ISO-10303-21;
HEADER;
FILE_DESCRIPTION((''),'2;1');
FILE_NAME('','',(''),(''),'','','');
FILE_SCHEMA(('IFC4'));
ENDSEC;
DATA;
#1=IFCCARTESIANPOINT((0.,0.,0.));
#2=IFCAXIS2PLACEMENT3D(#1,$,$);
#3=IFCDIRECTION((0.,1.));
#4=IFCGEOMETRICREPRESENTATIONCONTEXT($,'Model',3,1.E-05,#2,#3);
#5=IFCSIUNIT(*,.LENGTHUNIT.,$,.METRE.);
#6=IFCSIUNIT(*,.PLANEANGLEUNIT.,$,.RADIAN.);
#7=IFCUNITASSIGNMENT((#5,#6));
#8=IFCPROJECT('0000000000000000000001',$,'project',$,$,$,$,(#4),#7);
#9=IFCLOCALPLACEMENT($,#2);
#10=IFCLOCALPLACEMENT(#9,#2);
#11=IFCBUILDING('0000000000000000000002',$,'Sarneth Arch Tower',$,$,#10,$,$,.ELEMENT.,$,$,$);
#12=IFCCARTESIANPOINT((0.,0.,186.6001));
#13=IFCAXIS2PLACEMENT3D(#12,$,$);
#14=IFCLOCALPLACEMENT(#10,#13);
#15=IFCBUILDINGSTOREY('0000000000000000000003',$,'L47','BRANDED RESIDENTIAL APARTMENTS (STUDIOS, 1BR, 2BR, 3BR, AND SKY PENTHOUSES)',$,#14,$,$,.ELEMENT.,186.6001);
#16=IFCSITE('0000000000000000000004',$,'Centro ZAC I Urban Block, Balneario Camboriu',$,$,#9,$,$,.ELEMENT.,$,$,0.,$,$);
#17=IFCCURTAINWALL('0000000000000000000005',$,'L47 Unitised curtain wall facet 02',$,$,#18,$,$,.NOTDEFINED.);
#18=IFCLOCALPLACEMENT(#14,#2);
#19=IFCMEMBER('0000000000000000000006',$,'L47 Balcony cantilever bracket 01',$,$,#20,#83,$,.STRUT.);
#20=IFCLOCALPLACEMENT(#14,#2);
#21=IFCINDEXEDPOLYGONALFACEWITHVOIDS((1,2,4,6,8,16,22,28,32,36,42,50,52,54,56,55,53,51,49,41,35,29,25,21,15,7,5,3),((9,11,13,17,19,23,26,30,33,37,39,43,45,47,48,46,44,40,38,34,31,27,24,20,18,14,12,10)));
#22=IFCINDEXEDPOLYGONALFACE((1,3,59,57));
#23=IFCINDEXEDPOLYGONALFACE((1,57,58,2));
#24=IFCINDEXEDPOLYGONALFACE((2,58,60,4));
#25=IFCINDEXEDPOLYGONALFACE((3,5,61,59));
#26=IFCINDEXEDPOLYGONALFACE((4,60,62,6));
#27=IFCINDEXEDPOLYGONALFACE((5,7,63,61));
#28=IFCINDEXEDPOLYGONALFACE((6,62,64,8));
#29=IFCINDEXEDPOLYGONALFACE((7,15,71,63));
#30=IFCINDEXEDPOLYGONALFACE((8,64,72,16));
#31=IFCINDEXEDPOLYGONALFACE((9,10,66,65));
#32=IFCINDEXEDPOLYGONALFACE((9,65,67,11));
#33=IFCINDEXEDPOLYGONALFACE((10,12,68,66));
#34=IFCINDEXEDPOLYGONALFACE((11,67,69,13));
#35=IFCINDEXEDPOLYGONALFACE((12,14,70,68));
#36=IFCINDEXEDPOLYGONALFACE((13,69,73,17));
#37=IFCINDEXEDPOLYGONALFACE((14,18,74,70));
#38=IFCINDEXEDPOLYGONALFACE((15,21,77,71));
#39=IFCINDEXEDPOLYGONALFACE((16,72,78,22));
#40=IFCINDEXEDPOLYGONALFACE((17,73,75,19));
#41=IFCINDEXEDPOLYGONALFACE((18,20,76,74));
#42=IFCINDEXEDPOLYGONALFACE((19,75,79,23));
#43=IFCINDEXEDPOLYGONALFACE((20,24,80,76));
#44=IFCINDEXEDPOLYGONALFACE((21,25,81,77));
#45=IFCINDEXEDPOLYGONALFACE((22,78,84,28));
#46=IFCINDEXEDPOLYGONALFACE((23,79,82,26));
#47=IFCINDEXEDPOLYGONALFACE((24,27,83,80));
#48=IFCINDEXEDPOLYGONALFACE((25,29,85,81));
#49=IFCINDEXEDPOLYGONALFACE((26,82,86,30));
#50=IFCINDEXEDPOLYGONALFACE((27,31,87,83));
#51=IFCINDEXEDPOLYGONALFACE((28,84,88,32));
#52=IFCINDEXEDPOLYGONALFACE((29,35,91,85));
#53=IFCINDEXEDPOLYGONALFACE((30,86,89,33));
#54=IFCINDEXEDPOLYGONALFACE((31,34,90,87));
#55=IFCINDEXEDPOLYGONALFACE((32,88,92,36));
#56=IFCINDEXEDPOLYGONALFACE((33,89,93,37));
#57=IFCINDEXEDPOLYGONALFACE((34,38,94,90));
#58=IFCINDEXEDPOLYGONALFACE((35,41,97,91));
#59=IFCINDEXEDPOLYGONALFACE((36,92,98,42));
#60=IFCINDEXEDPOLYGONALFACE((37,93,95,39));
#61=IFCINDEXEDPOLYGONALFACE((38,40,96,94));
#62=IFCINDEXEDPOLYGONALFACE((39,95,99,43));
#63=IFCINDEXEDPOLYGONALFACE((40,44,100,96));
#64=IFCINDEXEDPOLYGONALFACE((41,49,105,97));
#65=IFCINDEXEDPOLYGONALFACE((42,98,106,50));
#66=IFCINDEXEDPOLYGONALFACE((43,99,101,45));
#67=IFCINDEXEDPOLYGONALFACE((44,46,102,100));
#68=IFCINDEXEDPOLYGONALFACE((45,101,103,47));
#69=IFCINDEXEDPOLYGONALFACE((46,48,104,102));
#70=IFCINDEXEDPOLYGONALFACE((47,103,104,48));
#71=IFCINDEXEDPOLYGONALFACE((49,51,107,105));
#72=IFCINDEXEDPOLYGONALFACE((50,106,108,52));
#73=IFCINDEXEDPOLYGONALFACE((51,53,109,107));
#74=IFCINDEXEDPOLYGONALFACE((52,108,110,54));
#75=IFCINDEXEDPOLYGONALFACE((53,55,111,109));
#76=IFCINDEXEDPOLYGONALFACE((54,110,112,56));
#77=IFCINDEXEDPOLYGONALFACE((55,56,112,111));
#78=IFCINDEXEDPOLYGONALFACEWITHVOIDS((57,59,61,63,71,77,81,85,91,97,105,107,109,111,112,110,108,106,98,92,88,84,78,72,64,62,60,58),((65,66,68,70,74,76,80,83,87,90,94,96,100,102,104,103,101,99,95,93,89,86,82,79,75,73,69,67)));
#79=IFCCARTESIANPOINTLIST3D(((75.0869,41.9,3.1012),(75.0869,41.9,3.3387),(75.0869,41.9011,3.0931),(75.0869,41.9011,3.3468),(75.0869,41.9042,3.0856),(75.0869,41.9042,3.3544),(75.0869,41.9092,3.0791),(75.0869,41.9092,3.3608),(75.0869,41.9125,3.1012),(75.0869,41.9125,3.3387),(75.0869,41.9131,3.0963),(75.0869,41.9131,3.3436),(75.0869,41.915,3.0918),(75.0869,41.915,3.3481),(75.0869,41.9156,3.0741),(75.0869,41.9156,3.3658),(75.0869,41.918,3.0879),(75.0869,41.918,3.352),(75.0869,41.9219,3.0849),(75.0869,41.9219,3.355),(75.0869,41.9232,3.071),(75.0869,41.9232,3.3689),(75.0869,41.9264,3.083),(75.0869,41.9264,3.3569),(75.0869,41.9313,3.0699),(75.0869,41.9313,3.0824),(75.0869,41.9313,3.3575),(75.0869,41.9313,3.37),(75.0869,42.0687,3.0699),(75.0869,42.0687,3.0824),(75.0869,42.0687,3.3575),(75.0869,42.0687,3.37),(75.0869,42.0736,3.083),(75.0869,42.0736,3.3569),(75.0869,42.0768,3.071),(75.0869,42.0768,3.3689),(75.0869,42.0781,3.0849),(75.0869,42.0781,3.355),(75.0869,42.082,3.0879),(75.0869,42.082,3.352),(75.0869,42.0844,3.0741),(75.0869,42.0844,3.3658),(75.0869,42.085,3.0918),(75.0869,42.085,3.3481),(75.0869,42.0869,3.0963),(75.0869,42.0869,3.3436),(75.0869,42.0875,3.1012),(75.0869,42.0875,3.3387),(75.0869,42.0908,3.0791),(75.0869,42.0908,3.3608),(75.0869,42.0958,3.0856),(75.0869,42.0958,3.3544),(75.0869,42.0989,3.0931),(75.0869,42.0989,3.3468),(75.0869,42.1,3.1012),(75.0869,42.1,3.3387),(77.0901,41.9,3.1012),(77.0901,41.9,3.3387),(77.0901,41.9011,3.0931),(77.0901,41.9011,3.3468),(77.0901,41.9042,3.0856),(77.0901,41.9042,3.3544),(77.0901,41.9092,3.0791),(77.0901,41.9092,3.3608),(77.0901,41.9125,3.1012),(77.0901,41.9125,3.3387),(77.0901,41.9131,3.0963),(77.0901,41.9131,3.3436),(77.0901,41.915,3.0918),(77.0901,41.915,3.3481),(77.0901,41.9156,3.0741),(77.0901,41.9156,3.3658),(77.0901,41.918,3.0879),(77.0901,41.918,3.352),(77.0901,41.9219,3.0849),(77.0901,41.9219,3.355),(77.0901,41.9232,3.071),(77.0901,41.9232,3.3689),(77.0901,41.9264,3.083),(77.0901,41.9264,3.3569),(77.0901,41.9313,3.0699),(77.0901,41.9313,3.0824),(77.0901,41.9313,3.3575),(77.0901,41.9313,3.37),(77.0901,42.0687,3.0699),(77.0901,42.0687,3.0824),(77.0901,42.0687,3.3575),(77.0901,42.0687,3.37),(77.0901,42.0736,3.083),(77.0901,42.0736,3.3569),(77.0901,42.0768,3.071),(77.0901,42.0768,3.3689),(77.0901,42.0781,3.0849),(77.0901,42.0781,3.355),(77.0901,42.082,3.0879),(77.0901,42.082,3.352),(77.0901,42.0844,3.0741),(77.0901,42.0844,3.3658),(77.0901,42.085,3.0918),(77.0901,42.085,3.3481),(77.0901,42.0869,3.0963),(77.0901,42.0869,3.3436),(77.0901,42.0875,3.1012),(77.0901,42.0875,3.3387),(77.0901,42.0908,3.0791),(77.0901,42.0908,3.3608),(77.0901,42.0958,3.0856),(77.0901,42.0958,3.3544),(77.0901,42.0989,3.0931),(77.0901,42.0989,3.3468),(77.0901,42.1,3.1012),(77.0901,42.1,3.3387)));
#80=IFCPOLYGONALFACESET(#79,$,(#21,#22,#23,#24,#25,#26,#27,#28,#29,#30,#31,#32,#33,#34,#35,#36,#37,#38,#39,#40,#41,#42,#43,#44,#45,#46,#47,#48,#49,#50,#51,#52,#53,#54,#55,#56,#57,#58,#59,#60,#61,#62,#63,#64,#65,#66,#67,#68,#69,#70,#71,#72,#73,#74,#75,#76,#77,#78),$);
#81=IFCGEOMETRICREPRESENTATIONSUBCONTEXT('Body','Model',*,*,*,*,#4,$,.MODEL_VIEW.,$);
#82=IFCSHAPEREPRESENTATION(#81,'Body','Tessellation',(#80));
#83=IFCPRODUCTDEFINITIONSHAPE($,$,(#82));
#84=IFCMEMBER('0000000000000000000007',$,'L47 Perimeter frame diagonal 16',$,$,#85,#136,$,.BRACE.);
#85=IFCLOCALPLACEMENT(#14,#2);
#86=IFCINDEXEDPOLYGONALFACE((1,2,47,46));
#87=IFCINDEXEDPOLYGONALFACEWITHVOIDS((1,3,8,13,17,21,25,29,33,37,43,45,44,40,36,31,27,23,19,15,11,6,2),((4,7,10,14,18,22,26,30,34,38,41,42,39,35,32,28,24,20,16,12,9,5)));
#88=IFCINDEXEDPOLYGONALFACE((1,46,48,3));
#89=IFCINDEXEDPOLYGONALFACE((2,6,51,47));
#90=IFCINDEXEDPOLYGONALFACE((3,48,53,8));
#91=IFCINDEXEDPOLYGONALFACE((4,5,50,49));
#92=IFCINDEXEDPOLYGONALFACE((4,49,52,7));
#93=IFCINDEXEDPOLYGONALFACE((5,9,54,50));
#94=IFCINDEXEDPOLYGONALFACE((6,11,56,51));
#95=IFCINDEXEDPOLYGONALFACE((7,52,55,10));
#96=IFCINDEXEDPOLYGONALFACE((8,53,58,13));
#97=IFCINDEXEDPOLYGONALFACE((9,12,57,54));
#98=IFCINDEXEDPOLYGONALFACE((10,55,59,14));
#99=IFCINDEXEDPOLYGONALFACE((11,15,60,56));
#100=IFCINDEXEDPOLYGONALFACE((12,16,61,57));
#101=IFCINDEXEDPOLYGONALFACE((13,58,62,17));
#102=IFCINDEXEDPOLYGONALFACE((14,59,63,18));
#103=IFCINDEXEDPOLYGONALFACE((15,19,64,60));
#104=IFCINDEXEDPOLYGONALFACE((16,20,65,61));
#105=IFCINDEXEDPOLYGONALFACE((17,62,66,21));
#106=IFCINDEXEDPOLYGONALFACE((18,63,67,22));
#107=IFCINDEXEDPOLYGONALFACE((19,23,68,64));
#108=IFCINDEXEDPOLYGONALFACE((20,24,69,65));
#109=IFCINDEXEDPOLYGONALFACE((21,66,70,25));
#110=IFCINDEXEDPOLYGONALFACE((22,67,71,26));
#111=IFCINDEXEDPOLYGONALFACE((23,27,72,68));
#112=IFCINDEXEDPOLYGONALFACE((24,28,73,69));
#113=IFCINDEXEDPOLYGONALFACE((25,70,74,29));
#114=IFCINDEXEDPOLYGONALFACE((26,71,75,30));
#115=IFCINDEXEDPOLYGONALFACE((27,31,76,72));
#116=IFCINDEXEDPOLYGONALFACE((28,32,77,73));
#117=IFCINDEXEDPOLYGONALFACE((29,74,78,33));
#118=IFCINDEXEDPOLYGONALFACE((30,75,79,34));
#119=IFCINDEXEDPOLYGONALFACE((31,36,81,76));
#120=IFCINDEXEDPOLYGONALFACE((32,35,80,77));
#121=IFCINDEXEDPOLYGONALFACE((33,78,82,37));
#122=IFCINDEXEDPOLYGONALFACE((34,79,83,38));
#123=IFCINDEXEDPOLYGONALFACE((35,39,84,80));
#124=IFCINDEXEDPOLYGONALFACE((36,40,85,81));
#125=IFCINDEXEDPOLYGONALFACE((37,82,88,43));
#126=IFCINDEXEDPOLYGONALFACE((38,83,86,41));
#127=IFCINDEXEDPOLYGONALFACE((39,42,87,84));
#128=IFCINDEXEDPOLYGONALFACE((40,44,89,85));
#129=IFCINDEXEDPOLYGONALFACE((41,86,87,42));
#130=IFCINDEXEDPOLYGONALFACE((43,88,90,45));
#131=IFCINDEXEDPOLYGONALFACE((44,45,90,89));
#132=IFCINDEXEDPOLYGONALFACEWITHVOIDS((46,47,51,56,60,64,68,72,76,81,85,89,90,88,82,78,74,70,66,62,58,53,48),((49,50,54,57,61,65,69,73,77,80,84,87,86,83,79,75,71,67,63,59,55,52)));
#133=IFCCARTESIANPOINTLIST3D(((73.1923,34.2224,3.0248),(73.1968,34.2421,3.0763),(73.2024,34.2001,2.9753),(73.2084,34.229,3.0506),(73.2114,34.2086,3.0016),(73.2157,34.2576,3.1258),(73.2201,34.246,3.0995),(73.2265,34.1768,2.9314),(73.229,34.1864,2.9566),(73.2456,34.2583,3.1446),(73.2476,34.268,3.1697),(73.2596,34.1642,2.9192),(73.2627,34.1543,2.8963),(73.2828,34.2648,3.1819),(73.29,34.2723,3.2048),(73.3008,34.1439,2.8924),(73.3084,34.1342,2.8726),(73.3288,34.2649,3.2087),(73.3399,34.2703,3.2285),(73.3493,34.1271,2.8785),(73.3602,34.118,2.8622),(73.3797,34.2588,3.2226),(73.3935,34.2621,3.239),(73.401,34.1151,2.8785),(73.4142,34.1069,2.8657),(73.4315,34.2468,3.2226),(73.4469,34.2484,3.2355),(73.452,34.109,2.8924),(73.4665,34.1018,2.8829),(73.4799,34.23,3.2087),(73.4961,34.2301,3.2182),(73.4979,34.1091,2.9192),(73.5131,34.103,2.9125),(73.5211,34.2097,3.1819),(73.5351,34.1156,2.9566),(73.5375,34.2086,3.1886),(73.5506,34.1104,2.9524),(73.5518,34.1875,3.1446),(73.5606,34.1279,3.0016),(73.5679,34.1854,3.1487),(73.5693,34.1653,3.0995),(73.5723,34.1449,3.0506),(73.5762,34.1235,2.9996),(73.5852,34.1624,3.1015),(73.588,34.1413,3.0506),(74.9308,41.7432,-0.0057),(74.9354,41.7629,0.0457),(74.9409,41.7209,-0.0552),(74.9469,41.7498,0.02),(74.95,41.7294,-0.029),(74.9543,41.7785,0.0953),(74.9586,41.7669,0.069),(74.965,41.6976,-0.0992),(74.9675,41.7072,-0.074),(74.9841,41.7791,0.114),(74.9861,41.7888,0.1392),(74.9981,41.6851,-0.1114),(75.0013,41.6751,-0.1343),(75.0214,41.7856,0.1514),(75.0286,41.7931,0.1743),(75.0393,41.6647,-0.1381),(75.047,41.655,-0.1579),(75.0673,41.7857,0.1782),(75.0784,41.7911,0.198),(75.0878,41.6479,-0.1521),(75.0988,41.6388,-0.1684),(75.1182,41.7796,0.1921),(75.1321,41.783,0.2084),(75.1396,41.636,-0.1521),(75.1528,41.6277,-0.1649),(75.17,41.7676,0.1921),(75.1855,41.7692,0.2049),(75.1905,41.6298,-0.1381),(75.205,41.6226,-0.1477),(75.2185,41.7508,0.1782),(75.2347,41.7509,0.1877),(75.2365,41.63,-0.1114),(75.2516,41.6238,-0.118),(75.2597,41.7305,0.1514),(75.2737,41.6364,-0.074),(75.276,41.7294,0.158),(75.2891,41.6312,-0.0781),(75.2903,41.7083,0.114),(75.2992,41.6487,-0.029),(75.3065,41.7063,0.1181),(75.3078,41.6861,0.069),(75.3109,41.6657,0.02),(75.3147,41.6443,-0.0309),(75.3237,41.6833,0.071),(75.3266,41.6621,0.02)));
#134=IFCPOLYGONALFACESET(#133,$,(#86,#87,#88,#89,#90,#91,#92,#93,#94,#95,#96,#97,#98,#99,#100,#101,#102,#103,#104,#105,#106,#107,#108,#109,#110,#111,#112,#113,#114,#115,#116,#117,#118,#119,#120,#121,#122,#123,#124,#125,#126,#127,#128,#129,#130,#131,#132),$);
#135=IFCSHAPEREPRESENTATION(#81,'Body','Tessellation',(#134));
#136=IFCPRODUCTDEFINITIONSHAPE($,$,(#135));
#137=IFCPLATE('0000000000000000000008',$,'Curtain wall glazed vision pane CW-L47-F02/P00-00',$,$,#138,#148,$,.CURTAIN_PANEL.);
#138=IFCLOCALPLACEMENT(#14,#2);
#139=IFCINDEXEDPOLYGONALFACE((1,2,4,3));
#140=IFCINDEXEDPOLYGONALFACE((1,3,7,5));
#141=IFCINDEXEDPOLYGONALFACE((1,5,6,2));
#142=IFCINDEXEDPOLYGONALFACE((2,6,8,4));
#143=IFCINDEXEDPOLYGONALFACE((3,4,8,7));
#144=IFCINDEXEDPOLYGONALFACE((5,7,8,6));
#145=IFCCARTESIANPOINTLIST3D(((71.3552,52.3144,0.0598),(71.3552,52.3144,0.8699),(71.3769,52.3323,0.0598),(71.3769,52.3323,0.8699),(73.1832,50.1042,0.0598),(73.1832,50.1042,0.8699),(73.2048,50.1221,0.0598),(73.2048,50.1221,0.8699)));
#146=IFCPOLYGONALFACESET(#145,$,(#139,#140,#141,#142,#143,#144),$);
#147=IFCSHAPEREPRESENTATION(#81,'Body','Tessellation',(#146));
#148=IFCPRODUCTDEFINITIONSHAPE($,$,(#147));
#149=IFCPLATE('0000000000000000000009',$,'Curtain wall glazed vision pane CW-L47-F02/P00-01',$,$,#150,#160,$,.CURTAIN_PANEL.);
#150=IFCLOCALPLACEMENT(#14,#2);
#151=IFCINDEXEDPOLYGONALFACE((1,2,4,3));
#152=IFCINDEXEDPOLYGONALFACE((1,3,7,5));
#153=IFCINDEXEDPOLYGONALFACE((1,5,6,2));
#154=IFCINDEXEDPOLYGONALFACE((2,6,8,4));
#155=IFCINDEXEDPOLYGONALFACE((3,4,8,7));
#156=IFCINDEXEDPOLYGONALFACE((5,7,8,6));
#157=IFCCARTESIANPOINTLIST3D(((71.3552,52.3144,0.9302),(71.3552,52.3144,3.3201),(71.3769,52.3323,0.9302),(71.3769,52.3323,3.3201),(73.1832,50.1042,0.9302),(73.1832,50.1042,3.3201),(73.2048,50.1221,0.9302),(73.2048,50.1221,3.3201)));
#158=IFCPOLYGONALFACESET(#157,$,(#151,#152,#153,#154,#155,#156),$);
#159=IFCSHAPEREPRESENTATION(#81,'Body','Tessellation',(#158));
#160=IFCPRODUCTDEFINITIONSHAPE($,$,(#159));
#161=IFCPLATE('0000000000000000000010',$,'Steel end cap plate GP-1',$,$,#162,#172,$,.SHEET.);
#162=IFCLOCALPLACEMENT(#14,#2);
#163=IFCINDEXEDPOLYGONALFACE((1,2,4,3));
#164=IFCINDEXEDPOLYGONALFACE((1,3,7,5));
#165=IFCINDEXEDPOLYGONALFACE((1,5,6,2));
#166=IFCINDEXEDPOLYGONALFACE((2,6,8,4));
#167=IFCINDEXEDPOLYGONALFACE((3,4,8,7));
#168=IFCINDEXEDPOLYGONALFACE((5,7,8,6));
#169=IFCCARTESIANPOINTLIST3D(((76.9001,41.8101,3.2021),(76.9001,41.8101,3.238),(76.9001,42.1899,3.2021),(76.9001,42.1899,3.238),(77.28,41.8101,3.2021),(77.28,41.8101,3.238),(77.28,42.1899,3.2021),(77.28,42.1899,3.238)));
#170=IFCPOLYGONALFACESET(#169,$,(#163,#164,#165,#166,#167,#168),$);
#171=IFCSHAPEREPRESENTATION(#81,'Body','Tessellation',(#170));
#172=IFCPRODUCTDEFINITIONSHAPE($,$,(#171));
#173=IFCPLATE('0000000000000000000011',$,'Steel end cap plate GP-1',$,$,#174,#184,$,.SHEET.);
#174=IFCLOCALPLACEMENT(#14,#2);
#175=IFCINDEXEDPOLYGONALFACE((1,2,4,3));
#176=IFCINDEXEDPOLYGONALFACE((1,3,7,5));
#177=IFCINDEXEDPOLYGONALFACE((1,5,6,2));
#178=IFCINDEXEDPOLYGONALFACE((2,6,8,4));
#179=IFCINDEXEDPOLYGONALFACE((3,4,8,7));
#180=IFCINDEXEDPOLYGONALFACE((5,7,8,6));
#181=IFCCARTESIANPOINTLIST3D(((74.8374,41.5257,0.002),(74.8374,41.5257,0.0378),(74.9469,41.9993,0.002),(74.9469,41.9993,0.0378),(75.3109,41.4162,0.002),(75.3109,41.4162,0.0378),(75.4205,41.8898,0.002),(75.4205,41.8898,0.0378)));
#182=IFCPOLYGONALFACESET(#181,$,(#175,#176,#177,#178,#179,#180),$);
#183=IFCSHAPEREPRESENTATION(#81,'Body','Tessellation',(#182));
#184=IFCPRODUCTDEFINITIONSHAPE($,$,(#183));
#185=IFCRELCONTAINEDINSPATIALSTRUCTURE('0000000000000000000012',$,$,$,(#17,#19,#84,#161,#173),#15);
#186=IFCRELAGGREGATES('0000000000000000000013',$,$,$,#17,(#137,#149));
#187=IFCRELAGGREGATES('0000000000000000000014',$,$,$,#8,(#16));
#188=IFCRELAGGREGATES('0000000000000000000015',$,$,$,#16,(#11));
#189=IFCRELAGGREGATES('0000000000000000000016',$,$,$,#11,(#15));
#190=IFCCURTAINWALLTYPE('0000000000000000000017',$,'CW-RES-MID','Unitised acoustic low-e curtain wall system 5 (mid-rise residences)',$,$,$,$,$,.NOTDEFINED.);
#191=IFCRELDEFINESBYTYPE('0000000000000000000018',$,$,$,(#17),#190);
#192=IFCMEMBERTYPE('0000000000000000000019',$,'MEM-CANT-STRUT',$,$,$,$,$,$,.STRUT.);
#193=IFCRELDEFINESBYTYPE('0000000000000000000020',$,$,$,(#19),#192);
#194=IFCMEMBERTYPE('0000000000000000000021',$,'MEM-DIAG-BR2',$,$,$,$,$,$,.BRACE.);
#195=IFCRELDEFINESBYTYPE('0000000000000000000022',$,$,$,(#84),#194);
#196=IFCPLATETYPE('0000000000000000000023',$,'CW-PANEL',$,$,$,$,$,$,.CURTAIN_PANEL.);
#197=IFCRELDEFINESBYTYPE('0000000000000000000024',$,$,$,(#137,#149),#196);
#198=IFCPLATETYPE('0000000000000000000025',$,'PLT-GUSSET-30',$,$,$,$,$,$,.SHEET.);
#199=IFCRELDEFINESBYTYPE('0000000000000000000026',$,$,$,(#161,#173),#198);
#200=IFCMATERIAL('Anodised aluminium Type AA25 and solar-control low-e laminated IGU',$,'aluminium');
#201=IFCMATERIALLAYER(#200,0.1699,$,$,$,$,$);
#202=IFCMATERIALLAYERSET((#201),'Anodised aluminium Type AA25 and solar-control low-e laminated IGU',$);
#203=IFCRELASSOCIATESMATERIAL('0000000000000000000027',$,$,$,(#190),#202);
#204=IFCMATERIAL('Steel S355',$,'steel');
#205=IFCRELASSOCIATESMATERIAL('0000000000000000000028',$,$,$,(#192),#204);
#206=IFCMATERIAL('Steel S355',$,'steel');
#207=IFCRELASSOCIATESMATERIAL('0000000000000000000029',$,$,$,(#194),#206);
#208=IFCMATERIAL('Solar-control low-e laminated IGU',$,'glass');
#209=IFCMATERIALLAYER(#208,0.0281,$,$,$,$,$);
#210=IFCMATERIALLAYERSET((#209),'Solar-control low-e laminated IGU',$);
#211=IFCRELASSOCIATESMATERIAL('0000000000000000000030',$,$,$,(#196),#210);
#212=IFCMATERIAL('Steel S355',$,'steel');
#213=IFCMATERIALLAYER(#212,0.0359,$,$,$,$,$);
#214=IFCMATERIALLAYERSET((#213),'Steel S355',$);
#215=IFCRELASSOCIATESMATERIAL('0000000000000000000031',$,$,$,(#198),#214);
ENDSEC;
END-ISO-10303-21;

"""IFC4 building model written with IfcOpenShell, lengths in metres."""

from ifc_helpers import new_model, si_unit, direction, frame, origin, origin_2d, place, context, subcontext, project, spatial, rectangle, hollow_rectangle, hollow_circle, extrude, material, layer, layer_set, material_profile, profile_set, type_object, element, aggregate, save


model = new_model("IFC4")

# Units and contexts
model_context = context("Model", 3, precision=1e-05, world=origin(), true_north=direction((0.0, 1.0)))
body_context = subcontext(model_context, "Body", "Model", "MODEL_VIEW")
ifc_project = project(units=[si_unit("LENGTHUNIT", "METRE"), si_unit("PLANEANGLEUNIT", "RADIAN")], contexts=[model_context])

# Site, building, storey
site_placement = place(None, origin())
site = spatial("IfcSite", under=ifc_project, at=site_placement, Name="Centro ZAC I Urban Block, Balneario Camboriu", CompositionType="ELEMENT", RefElevation=0.0)
building_placement = place(site_placement, origin())
building = spatial("IfcBuilding", under=site, at=building_placement, Name="Sarneth Arch Tower", CompositionType="ELEMENT")
storey_placement = place(building_placement, frame((0.0, 0.0, 186.6001)))
storey = spatial("IfcBuildingStorey", under=building, at=storey_placement, Name="L47", Description="BRANDED RESIDENTIAL APARTMENTS (STUDIOS, 1BR, 2BR, 3BR, AND SKY PENTHOUSES)", CompositionType="ELEMENT", Elevation=186.6001)

# Curtain wall
ifc_material_1 = material(Name="Anodised aluminium Type AA25 and solar-control low-e laminated IGU", Category="aluminium")
ifc_layer_1 = layer(ifc_material_1, 0.1699)
ifc_layer_set_1 = layer_set([ifc_layer_1], Name="Anodised aluminium Type AA25 and solar-control low-e laminated IGU")
curtain_wall_type = type_object("IfcCurtainWallType", Name="CW-RES-MID", Description="Unitised acoustic low-e curtain wall system 5 (mid-rise residences)", PredefinedType="NOTDEFINED", material=ifc_layer_set_1)
curtain_wall_placement = place(storey_placement, origin())
curtain_wall = element("IfcCurtainWall", 1, at=curtain_wall_placement, inside=storey, type_object=curtain_wall_type, Name="L47 Unitised curtain wall facet 02", PredefinedType="NOTDEFINED")

# Members
ifc_material_2 = material(Name="Steel S355", Category="steel")
ifc_material_profile_1 = material_profile(ifc_material_2, hollow_rectangle(XDim=0.2, YDim=0.3, WallThickness=0.0125, InnerFilletRadius=0.0188, OuterFilletRadius=0.0312, at=origin_2d()), Name="RHS300x200x12.5")
ifc_profile_set_1 = profile_set([ifc_material_profile_1], Name="Steel S355")
member_type_1 = type_object("IfcMemberType", Name="MEM-CANT-STRUT", PredefinedType="STRUT", material=ifc_profile_set_1)
member_1_placement = place(storey_placement, frame((75.0869, 42.0, 3.22), z_axis=(1.0, 0.0, 0.0), x_axis=(0.0, 1.0, 0.0)))
element("IfcMember", 2, at=member_1_placement, inside=storey, type_object=member_type_1, Name="L47 Balcony cantilever bracket 01", PredefinedType="STRUT", context=body_context, shape_type="SweptSolid", body=[
    extrude(hollow_rectangle(XDim=0.2, YDim=0.3, WallThickness=0.0125, InnerFilletRadius=0.0188, OuterFilletRadius=0.0312, at=origin_2d()), origin(), (0.0, 0.0, 1.0), 2.0032),
])
ifc_material_3 = material(Name="Steel S355", Category="steel")
ifc_material_profile_2 = material_profile(ifc_material_3, hollow_circle(Radius=0.2029, WallThickness=0.0161, at=origin_2d()), Name="CHS406x16")
ifc_profile_set_2 = profile_set([ifc_material_profile_2], Name="Steel S355")
member_type_2 = type_object("IfcMemberType", Name="MEM-DIAG-BR2", PredefinedType="BRACE", material=ifc_profile_set_2)
member_2_placement = place(storey_placement, frame((75.1289, 41.7078, 0.02), z_axis=(-0.209646, -0.906917, 0.365446), x_axis=(0.974307, -0.225224, 0.0)))
element("IfcMember", 3, at=member_2_placement, inside=storey, type_object=member_type_2, Name="L47 Perimeter frame diagonal 16", PredefinedType="BRACE", context=body_context, shape_type="SweptSolid", body=[
    extrude(hollow_circle(Radius=0.2029, WallThickness=0.0161, at=origin_2d()), origin(), (0.0, 0.0, 1.0), 8.2927),
])

# Plates
ifc_material_4 = material(Name="Solar-control low-e laminated IGU", Category="glass")
ifc_layer_2 = layer(ifc_material_4, 0.0281)
ifc_layer_set_2 = layer_set([ifc_layer_2], Name="Solar-control low-e laminated IGU")
plate_type_1 = type_object("IfcPlateType", Name="CW-PANEL", PredefinedType="CURTAIN_PANEL", material=ifc_layer_set_2)
plate_1_placement = place(storey_placement, frame((72.28, 51.2183, 0.0598), z_axis=(0.0, 0.0, 1.0), x_axis=(-0.63733, 0.770591, 0.0)))
plate_1 = element("IfcPlate", 4, at=plate_1_placement, type_object=plate_type_1, Name="Curtain wall glazed vision pane CW-L47-F02/P00-00", PredefinedType="CURTAIN_PANEL", context=body_context, shape_type="SweptSolid", body=[
    extrude(rectangle(XDim=2.8682, YDim=0.0281, at=origin_2d()), origin(), (0.0, 0.0, 1.0), 0.8101),
])
plate_2_placement = place(storey_placement, frame((72.28, 51.2183, 0.9302), z_axis=(0.0, 0.0, 1.0), x_axis=(-0.63733, 0.770591, 0.0)))
plate_2 = element("IfcPlate", 5, at=plate_2_placement, type_object=plate_type_1, Name="Curtain wall glazed vision pane CW-L47-F02/P00-01", PredefinedType="CURTAIN_PANEL", context=body_context, shape_type="SweptSolid", body=[
    extrude(rectangle(XDim=2.8682, YDim=0.0281, at=origin_2d()), origin(), (0.0, 0.0, 1.0), 2.3899),
])
aggregate(curtain_wall, [plate_1, plate_2])

# Plates
ifc_material_5 = material(Name="Steel S355", Category="steel")
ifc_layer_3 = layer(ifc_material_5, 0.0359)
ifc_layer_set_3 = layer_set([ifc_layer_3], Name="Steel S355")
plate_type_2 = type_object("IfcPlateType", Name="PLT-GUSSET-30", PredefinedType="SHEET", material=ifc_layer_set_3)
plate_3_placement = place(storey_placement, frame((77.0901, 42.0, 3.2021), z_axis=(0.0, 0.0, 1.0), x_axis=(1.0, 0.0, 0.0)))
element("IfcPlate", 6, at=plate_3_placement, inside=storey, type_object=plate_type_2, Name="Steel end cap plate GP-1", PredefinedType="SHEET", context=body_context, shape_type="SweptSolid", body=[
    extrude(rectangle(XDim=0.3799, YDim=0.3799, at=origin_2d()), origin(), (0.0, 0.0, 1.0), 0.0359),
])
plate_4_placement = place(storey_placement, frame((75.1289, 41.7078, 0.002), z_axis=(0.0, 0.0, 1.0), x_axis=(0.225291, 0.974291, 0.0)))
element("IfcPlate", 7, at=plate_4_placement, inside=storey, type_object=plate_type_2, Name="Steel end cap plate GP-1", PredefinedType="SHEET", context=body_context, shape_type="SweptSolid", body=[
    extrude(rectangle(XDim=0.4861, YDim=0.4861, at=origin_2d()), origin(), (0.0, 0.0, 1.0), 0.0359),
])

save(model, "model.ifc")
